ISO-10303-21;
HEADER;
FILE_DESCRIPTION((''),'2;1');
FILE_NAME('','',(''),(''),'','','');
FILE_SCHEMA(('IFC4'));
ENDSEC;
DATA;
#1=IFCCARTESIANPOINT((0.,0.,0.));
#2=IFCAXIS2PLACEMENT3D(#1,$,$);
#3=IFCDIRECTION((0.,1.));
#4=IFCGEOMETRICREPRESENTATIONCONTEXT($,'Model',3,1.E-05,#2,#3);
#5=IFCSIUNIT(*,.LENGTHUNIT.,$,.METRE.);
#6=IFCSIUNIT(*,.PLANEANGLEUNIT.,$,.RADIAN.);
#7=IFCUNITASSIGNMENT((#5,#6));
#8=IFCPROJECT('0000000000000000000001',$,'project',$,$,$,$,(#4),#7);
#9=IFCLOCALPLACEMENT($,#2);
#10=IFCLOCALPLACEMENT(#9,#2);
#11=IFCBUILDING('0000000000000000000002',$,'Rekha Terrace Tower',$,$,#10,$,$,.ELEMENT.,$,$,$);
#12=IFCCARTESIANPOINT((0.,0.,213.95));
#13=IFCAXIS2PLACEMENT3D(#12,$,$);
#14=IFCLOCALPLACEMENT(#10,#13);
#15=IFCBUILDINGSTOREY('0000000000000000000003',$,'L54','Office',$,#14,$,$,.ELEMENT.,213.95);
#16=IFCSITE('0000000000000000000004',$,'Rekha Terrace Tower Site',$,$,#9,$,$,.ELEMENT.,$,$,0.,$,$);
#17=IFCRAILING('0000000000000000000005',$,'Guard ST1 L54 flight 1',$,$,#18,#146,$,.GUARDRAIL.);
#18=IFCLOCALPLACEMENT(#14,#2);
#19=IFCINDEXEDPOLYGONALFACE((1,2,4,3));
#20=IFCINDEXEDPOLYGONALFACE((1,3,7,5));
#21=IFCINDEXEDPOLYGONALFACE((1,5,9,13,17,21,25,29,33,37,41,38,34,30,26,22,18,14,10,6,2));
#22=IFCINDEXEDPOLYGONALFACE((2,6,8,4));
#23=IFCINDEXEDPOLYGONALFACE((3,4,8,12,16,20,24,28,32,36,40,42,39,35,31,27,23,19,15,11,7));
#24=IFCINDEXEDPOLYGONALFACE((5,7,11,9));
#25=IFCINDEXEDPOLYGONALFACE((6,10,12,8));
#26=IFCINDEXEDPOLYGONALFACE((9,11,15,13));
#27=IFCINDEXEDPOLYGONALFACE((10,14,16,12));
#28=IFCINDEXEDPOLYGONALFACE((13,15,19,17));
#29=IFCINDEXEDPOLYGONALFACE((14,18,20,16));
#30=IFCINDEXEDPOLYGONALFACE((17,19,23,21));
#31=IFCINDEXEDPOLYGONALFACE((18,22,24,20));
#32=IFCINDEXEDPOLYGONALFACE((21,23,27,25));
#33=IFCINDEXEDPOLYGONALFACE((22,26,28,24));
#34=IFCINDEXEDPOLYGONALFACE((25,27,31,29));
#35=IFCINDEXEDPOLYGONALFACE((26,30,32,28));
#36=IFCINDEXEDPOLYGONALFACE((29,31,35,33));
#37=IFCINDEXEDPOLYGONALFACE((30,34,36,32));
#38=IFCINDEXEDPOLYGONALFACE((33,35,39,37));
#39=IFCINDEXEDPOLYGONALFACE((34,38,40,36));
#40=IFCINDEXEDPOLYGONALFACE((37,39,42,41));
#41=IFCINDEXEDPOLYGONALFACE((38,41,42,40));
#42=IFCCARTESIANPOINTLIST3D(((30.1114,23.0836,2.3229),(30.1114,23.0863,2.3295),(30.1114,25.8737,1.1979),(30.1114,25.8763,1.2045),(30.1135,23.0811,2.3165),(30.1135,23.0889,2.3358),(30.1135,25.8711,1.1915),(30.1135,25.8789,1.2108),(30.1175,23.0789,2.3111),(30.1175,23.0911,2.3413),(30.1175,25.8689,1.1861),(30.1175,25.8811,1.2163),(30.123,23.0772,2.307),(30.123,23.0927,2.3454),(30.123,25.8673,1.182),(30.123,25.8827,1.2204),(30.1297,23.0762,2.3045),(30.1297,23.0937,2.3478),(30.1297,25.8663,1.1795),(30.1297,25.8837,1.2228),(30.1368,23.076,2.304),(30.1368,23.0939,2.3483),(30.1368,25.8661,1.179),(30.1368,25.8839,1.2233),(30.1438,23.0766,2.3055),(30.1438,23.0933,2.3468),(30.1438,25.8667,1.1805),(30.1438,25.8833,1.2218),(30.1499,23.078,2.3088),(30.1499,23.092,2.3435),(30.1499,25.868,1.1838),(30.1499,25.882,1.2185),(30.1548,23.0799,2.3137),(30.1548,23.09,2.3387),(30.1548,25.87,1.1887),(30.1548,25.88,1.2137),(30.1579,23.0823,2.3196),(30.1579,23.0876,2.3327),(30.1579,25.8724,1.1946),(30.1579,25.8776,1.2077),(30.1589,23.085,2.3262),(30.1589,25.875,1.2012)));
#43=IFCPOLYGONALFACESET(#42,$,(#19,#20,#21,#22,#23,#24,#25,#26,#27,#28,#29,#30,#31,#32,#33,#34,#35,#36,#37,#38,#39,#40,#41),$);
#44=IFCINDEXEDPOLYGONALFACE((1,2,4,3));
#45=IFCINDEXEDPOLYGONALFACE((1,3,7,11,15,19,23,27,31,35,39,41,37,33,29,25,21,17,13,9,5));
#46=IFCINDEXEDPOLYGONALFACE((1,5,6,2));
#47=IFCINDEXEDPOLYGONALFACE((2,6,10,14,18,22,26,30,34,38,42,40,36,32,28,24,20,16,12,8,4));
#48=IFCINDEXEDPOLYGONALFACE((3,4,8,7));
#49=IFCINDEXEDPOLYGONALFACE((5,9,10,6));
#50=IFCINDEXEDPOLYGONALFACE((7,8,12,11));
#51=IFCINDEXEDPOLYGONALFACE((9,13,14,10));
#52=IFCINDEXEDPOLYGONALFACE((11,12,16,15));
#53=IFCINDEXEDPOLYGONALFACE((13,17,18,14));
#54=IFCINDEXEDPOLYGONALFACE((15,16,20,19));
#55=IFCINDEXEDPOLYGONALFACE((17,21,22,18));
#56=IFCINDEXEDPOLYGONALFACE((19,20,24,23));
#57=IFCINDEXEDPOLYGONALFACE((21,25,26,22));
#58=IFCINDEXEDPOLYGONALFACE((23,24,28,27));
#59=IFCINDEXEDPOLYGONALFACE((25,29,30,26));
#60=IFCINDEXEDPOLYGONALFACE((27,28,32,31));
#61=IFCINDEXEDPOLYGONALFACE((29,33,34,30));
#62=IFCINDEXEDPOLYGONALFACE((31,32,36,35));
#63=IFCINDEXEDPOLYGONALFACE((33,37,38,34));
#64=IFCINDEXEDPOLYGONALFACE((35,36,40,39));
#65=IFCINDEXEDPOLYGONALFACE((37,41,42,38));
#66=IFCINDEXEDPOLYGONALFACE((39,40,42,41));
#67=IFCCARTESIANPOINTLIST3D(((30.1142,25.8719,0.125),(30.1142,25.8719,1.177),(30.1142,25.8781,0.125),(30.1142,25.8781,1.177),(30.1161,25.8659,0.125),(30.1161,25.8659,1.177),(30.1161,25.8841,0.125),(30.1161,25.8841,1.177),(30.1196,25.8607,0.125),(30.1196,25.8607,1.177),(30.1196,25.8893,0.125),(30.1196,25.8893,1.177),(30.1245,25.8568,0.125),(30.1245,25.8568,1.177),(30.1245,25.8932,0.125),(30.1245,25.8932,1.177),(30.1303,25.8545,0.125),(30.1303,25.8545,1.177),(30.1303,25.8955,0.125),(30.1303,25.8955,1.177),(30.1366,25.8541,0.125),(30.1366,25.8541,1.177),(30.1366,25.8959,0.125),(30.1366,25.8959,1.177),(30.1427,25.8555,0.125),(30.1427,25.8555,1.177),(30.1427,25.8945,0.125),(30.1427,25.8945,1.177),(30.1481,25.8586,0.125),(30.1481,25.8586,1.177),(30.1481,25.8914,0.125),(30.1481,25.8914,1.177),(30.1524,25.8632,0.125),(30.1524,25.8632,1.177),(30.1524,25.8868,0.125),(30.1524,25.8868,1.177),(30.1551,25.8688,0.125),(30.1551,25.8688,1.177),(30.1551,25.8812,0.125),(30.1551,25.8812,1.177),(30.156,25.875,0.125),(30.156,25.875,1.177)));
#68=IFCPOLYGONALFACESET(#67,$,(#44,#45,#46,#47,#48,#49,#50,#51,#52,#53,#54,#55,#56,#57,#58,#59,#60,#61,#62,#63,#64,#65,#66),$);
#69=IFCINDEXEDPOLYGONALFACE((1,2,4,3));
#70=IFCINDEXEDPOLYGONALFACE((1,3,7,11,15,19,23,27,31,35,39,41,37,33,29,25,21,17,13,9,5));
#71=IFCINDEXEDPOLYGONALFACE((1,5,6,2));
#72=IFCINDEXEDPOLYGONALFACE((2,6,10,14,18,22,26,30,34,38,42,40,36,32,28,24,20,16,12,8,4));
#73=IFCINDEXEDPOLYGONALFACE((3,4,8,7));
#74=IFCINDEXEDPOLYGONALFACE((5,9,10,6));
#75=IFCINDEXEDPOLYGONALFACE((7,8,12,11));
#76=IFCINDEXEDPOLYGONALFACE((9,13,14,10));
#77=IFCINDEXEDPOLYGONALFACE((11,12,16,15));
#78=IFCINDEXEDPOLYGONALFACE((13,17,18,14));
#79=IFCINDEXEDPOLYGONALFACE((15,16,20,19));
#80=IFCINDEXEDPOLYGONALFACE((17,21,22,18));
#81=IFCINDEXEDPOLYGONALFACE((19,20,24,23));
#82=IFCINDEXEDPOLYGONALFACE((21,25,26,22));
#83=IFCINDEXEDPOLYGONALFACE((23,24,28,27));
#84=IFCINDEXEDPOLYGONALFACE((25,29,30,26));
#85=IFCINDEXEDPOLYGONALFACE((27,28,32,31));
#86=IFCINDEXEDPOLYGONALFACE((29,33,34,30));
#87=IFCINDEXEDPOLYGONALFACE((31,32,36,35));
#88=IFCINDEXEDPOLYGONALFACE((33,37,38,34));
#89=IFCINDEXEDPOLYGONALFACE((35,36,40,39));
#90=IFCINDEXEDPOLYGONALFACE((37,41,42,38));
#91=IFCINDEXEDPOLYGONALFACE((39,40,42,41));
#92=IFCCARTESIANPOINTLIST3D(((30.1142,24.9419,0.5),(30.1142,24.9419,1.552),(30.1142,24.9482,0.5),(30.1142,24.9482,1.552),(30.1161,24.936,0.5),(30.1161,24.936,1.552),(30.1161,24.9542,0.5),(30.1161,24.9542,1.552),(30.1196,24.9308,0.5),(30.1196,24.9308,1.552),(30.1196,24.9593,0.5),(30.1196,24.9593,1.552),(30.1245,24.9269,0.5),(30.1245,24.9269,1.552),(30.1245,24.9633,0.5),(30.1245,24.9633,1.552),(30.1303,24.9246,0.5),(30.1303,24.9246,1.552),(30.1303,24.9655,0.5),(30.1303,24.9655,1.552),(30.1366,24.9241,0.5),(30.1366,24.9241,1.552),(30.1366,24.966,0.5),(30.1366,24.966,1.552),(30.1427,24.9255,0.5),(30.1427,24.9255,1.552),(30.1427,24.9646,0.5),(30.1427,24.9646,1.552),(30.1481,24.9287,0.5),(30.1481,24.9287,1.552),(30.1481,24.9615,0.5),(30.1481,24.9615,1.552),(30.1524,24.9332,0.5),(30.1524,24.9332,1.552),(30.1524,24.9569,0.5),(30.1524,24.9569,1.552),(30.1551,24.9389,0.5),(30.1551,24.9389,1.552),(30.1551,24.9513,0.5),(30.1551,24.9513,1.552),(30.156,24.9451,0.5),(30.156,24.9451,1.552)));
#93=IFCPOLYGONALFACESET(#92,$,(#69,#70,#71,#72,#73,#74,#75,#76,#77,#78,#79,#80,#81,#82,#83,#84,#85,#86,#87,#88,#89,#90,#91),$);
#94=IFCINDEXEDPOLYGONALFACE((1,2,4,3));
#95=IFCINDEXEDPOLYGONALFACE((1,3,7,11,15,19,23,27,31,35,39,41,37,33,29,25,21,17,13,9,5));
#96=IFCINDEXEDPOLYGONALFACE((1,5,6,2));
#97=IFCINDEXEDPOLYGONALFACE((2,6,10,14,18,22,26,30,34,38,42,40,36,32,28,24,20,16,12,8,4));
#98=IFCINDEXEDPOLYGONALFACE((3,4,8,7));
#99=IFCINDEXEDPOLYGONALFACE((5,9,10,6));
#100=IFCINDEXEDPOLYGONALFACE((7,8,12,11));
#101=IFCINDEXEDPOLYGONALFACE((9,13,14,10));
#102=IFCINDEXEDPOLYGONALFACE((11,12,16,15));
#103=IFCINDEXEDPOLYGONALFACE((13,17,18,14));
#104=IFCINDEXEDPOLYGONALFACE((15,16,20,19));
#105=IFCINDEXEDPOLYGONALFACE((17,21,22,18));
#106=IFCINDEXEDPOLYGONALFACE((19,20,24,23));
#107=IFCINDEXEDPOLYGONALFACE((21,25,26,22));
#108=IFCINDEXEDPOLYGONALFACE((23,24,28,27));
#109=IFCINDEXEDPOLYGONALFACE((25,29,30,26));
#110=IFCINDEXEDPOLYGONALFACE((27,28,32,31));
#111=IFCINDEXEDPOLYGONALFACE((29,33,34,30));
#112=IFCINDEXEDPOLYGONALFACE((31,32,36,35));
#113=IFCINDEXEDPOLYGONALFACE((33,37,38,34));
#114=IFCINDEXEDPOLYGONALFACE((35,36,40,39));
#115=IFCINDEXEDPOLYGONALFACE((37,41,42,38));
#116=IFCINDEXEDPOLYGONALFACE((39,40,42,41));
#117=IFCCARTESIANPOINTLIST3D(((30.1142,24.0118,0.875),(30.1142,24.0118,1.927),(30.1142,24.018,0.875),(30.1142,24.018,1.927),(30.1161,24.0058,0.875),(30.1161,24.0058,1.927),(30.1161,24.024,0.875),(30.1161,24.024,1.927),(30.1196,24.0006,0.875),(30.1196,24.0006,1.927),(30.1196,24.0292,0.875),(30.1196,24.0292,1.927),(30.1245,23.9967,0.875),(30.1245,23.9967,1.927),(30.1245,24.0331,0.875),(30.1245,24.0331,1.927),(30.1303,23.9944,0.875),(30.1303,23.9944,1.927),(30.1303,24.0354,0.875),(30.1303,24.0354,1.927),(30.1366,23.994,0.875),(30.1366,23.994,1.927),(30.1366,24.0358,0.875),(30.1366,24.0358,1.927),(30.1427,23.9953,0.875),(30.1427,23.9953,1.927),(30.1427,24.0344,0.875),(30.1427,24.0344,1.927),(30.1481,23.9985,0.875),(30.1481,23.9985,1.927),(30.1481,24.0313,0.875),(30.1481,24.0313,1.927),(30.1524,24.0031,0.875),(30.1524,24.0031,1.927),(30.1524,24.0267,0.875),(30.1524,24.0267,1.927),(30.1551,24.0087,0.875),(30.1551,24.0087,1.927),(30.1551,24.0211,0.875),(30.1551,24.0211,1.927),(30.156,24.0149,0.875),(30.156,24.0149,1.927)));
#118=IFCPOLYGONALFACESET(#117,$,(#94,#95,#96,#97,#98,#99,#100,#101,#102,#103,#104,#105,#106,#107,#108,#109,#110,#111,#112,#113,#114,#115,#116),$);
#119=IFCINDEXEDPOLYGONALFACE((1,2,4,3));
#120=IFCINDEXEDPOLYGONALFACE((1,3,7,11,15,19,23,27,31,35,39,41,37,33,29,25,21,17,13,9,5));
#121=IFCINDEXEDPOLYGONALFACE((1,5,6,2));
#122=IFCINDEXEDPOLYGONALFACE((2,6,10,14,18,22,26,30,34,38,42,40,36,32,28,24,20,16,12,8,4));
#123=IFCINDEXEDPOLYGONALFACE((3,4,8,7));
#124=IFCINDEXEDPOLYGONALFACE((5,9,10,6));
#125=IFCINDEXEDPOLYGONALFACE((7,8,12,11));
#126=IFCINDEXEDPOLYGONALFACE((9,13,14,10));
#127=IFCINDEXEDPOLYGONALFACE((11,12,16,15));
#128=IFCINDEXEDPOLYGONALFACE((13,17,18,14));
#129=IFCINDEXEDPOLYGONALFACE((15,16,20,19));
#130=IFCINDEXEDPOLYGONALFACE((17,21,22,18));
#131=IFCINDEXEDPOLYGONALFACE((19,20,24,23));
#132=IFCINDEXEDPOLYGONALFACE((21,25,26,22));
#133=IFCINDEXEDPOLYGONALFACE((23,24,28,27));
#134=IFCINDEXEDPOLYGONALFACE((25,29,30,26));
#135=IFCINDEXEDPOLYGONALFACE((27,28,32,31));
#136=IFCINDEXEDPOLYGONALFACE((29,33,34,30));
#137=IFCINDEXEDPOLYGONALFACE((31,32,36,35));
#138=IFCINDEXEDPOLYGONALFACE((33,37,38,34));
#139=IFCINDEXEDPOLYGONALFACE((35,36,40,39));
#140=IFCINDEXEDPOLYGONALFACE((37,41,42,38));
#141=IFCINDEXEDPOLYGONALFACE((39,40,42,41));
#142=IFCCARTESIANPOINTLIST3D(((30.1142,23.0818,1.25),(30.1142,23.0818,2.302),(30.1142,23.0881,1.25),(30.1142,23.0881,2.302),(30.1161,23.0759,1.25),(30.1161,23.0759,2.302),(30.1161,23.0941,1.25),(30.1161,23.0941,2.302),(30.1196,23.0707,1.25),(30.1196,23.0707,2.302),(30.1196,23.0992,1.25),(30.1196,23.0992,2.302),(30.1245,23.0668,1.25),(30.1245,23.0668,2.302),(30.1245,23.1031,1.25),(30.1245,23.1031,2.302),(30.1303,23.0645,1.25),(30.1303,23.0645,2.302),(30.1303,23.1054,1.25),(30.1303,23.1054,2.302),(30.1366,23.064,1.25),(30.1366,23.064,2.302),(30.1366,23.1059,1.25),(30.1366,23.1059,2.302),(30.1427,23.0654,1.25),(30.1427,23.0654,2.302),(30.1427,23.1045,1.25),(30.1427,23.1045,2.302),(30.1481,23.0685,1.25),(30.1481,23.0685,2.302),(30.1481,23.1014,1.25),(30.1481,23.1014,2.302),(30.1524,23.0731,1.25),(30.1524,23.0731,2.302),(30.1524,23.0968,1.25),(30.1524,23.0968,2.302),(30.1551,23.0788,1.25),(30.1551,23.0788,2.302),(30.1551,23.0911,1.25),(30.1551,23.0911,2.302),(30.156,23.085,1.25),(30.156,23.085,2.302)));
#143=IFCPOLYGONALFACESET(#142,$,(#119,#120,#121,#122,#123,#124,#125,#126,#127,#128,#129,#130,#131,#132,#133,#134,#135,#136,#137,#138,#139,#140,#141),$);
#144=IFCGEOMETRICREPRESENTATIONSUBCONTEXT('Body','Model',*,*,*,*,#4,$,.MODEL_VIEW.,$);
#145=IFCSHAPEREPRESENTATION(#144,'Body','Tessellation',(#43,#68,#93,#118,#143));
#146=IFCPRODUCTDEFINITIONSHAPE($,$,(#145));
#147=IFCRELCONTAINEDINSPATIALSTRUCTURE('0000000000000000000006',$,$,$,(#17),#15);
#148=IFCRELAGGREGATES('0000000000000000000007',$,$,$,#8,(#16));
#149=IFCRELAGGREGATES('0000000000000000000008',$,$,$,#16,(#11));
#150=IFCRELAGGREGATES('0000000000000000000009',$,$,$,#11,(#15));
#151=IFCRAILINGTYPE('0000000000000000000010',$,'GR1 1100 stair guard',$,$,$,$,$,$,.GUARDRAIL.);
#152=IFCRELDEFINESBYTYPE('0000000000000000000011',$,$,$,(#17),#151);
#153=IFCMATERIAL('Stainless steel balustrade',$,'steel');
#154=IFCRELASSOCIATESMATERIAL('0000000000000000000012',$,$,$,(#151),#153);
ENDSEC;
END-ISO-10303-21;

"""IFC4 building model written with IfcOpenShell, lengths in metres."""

from ifc_helpers import new_model, si_unit, direction, frame, origin, origin_2d, place, context, subcontext, project, spatial, circle, extrude, material, type_object, element, save


model = new_model("IFC4")

# Units and contexts
model_context = context("Model", 3, precision=1e-05, world=origin(), true_north=direction((0.0, 1.0)))
body_context = subcontext(model_context, "Body", "Model", "MODEL_VIEW")
ifc_project = project(units=[si_unit("LENGTHUNIT", "METRE"), si_unit("PLANEANGLEUNIT", "RADIAN")], contexts=[model_context])

# Site, building, storey
site_placement = place(None, origin())
site = spatial("IfcSite", under=ifc_project, at=site_placement, Name="Rekha Terrace Tower Site", CompositionType="ELEMENT", RefElevation=0.0)
building_placement = place(site_placement, origin())
building = spatial("IfcBuilding", under=site, at=building_placement, Name="Rekha Terrace Tower", CompositionType="ELEMENT")
storey_placement = place(building_placement, frame((0.0, 0.0, 213.95)))
storey = spatial("IfcBuildingStorey", under=building, at=storey_placement, Name="L54", Description="Office", CompositionType="ELEMENT", Elevation=213.95)

# Railing
ifc_material_1 = material(Name="Stainless steel balustrade", Category="steel")
railing_type_1 = type_object("IfcRailingType", Name="GR1 1100 stair guard", PredefinedType="GUARDRAIL", material=ifc_material_1)
railing_1_placement = place(storey_placement, frame((30.135, 25.875, 0.125)))
element("IfcRailing", 1, at=railing_1_placement, inside=storey, type_object=railing_type_1, Name="Guard ST1 L54 flight 1", PredefinedType="GUARDRAIL", context=body_context, shape_type="SweptSolid", body=[
    extrude(circle(Radius=0.0239, at=origin_2d()), frame((0.0, 0.0, 1.0762), z_axis=(0.0, -0.927443, 0.373964), x_axis=(1.0, 0.0, 0.0)), (0.0, 0.0, 1.0), 3.0083),
    extrude(circle(Radius=0.021, at=origin_2d()), origin(), (0.0, 0.0, 1.0), 1.052),
    extrude(circle(Radius=0.021, at=origin_2d()), frame((0.0, -0.9299, 0.375)), (0.0, 0.0, 1.0), 1.052),
    extrude(circle(Radius=0.021, at=origin_2d()), frame((0.0, -1.8601, 0.75)), (0.0, 0.0, 1.0), 1.052),
    extrude(circle(Radius=0.021, at=origin_2d()), frame((0.0, -2.79, 1.125)), (0.0, 0.0, 1.0), 1.052),
])

save(model, "model.ifc")
